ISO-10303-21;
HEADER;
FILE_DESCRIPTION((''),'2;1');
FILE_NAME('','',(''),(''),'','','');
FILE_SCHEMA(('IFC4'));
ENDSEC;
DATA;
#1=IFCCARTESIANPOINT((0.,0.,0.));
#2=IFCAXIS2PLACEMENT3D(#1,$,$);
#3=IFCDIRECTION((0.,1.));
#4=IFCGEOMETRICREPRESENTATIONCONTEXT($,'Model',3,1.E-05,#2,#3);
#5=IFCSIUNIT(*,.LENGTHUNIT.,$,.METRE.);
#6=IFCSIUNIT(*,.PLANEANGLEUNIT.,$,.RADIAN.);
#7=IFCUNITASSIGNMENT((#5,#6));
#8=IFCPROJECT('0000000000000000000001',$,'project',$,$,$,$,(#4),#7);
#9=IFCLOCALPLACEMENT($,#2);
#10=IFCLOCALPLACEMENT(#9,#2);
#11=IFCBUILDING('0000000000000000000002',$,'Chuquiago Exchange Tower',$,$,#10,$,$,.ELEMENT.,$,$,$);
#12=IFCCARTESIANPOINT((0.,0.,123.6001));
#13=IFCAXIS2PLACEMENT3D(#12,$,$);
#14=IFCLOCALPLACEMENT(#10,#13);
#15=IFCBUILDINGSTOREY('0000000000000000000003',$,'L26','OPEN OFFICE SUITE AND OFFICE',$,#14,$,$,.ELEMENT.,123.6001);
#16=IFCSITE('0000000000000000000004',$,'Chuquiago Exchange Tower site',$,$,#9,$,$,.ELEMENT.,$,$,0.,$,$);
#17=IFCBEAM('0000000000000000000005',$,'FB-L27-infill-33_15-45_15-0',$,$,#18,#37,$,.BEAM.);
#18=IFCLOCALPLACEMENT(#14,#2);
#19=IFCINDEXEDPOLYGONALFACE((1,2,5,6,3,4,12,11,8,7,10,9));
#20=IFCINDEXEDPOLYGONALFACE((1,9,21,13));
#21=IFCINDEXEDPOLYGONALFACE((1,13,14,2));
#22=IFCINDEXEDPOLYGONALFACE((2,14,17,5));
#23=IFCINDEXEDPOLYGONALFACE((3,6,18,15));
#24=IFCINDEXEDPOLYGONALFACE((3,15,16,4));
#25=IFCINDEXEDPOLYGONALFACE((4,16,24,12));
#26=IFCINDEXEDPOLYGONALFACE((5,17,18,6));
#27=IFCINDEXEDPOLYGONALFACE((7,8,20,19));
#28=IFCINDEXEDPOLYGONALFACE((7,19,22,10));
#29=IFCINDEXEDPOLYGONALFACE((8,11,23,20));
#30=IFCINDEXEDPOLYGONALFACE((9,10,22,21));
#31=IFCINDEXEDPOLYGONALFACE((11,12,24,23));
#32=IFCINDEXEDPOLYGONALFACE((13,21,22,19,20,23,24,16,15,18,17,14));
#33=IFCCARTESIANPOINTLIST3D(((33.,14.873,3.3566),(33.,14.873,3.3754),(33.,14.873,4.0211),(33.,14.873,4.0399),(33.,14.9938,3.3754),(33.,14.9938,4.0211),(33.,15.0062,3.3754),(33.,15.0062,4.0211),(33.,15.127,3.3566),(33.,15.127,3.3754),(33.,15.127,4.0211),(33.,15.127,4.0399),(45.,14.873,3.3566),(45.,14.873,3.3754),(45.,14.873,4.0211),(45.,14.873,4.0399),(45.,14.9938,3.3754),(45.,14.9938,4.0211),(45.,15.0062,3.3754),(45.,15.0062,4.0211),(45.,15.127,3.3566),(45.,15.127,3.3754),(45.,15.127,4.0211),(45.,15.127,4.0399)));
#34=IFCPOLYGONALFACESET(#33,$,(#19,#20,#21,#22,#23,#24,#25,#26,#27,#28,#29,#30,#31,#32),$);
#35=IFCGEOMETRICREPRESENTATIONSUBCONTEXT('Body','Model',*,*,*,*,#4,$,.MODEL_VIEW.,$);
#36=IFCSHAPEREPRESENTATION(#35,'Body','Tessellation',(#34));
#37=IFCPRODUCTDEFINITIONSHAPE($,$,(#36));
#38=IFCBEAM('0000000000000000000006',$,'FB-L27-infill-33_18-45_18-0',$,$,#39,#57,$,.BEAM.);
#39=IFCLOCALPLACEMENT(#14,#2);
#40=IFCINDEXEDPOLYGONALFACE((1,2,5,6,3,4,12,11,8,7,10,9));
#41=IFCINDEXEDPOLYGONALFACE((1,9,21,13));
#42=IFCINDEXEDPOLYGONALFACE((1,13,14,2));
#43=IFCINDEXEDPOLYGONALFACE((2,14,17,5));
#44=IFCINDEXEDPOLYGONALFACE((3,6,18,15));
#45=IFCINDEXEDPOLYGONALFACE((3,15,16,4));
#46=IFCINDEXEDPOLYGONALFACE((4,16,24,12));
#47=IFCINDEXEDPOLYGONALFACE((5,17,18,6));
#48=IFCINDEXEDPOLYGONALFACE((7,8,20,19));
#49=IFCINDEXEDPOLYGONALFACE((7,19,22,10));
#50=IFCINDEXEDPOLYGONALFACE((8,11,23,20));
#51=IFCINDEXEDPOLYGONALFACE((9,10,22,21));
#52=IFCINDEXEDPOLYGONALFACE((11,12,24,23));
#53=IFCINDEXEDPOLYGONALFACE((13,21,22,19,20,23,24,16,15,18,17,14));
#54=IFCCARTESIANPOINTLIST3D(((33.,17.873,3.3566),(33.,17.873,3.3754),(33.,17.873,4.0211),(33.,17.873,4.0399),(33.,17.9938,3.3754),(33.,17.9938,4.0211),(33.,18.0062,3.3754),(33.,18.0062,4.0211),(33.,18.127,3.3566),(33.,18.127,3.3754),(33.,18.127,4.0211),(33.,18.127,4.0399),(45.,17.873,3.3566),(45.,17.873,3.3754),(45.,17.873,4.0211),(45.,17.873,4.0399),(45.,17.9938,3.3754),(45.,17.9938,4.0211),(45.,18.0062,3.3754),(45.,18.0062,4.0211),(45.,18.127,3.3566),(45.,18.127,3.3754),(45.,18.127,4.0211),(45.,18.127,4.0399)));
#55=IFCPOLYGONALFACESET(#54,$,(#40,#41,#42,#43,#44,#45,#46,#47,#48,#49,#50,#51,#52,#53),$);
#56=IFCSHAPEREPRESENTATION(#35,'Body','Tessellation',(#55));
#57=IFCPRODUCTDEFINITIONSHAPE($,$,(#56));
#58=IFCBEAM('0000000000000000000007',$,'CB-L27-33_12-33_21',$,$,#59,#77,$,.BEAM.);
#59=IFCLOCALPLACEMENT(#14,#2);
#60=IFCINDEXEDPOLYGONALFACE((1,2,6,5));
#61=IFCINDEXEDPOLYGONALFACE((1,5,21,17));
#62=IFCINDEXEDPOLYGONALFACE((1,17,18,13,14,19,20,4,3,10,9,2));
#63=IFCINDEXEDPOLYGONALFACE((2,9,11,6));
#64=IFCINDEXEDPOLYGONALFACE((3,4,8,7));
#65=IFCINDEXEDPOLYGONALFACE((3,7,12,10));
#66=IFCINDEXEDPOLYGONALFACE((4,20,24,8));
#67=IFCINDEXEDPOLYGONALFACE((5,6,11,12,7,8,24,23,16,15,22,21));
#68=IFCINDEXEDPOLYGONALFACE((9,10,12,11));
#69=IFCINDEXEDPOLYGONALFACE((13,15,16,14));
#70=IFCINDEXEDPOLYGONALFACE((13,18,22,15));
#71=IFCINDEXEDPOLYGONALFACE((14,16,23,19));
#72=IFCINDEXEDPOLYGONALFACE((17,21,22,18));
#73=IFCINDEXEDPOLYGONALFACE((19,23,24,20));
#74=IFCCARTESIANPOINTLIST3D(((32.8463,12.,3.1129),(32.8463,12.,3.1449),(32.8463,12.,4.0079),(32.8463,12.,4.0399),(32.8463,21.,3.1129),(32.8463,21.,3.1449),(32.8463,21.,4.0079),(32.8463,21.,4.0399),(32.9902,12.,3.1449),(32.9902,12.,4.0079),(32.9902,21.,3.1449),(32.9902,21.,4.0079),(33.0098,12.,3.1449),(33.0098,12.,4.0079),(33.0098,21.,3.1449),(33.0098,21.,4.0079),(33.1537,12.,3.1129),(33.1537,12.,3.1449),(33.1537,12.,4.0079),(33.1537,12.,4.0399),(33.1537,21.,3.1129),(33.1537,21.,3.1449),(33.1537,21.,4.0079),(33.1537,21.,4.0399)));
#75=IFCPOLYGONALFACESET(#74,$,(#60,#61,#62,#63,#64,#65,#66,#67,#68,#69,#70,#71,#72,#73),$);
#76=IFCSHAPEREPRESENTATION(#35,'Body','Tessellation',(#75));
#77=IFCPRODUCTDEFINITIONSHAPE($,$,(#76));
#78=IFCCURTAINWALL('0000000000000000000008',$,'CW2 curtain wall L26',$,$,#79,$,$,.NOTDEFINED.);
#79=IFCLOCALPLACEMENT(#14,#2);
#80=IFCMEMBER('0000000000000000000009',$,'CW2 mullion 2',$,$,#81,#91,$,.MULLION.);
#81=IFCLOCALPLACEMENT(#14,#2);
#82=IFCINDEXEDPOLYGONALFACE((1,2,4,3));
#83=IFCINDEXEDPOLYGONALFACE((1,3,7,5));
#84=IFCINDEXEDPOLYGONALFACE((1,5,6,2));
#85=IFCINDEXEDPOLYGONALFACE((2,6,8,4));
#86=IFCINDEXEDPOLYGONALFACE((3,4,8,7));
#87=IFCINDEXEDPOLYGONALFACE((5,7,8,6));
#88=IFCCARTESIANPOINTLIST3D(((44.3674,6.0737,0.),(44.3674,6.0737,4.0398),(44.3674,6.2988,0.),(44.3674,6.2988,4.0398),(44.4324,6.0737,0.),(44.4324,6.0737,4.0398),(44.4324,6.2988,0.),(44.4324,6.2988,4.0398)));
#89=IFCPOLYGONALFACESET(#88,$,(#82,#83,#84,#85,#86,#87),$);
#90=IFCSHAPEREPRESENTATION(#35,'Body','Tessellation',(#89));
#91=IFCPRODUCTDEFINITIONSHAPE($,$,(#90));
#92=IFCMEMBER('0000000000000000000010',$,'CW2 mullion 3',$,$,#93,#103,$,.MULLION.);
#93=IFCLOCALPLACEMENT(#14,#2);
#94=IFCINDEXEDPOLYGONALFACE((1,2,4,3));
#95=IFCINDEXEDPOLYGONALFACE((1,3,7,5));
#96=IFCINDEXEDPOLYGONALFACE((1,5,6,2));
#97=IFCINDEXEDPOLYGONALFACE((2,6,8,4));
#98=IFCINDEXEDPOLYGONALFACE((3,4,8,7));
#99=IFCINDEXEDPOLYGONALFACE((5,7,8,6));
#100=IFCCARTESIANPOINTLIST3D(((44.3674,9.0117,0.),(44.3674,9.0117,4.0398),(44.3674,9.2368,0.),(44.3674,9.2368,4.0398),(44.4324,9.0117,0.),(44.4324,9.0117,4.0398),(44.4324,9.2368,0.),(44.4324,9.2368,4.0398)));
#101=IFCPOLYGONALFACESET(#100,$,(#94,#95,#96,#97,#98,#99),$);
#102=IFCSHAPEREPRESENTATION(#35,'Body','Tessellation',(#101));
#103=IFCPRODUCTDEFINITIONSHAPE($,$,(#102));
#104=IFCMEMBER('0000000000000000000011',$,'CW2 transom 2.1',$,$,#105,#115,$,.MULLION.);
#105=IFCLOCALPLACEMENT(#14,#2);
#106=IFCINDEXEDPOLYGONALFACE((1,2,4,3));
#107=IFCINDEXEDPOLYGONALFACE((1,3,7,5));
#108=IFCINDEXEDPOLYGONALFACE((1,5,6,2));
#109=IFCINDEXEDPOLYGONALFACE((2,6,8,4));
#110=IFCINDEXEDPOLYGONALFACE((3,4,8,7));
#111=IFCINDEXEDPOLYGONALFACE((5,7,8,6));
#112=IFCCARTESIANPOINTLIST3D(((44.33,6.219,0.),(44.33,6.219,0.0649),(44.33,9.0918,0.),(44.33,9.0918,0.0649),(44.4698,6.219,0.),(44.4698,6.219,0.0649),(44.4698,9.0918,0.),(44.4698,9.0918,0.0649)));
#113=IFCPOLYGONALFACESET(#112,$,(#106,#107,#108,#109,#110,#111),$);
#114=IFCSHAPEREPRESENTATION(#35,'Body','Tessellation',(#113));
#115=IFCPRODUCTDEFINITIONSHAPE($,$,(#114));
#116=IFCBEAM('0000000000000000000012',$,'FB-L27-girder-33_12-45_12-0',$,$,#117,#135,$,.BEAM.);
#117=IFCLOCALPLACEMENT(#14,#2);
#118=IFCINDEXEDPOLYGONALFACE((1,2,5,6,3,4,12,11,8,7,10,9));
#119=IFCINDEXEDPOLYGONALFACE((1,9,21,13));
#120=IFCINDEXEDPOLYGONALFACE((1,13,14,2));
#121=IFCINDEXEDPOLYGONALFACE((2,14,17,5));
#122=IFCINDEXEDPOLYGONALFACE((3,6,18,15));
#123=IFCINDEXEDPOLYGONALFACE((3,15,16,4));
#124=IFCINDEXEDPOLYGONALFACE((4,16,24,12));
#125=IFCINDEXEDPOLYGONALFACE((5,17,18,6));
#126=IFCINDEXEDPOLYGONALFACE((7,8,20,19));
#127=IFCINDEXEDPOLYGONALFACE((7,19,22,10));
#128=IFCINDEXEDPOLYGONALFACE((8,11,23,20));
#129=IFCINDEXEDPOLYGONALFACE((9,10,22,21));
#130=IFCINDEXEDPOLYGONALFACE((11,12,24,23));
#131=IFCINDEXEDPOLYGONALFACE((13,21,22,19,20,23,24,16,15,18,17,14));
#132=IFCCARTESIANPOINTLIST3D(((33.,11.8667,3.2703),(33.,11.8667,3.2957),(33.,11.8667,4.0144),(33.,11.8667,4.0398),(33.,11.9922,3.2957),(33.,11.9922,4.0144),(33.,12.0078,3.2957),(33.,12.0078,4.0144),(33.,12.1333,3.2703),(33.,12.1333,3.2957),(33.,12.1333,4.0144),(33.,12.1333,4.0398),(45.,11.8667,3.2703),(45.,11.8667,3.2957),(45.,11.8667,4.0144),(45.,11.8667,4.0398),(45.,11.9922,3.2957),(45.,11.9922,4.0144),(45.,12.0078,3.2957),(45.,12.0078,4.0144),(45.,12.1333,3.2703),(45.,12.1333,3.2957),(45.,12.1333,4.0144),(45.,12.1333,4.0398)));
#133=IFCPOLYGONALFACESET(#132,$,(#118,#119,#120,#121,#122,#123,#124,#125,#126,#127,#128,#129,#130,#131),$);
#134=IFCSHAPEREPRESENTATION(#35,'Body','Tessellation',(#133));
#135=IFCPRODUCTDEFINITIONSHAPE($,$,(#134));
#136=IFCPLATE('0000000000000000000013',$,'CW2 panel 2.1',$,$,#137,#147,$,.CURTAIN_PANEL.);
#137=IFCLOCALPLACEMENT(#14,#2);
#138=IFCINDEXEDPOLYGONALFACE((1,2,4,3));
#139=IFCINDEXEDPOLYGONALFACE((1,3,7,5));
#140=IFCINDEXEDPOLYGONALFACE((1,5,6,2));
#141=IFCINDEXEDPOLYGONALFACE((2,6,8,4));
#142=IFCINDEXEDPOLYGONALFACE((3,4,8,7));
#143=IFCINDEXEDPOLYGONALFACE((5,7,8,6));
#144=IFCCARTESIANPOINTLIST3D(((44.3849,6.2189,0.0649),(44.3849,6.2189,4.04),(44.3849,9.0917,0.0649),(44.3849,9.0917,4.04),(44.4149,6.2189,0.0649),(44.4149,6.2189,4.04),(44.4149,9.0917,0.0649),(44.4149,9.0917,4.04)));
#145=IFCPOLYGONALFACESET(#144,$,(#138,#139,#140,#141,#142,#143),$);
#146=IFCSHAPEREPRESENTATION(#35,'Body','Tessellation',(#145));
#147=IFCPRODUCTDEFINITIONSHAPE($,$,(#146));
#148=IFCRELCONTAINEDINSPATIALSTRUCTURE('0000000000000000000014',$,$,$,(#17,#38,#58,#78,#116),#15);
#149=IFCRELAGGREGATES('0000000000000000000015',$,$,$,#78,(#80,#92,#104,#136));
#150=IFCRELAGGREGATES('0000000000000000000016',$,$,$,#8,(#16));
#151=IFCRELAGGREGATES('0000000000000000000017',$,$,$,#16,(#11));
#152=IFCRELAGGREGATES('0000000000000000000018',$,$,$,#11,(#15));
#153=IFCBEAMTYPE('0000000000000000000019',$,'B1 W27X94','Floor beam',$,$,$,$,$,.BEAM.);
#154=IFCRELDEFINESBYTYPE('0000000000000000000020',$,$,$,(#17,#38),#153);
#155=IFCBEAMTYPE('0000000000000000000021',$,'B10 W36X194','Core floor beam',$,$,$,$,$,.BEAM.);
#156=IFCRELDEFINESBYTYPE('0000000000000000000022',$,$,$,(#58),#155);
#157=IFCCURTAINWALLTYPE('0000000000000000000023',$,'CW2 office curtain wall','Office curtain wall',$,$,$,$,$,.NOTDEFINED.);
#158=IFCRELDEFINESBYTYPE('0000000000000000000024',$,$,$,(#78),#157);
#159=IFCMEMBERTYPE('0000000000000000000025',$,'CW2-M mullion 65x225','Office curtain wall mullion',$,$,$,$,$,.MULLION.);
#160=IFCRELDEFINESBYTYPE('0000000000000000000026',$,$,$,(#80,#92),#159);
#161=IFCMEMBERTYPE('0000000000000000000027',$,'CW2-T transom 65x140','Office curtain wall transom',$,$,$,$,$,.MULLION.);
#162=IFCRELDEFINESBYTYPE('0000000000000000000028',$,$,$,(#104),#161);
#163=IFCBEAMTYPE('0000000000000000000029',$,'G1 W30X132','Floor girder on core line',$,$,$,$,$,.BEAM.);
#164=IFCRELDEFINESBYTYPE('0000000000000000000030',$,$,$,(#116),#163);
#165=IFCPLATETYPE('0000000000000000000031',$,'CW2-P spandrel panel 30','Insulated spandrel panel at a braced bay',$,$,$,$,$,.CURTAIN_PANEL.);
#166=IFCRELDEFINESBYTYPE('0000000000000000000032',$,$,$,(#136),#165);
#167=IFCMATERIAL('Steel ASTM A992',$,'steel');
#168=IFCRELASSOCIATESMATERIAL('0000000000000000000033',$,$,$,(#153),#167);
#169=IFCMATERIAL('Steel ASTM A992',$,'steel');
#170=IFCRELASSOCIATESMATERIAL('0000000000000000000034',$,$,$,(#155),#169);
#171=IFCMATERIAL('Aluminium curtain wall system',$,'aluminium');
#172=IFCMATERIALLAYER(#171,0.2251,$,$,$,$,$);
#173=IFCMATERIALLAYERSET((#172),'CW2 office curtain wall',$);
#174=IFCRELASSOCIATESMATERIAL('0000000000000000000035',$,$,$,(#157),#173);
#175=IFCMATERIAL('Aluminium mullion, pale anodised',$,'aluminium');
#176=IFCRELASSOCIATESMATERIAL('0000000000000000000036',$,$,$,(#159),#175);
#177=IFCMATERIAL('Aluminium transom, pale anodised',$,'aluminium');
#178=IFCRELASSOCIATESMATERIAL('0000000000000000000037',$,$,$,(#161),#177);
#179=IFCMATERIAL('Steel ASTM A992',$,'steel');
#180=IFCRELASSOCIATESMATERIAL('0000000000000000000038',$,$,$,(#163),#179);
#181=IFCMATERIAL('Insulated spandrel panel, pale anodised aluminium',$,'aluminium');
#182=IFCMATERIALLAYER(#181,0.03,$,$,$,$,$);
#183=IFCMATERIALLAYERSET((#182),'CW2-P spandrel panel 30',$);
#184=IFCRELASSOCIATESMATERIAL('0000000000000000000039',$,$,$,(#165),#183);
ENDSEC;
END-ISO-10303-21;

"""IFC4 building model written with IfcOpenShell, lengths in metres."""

from ifc_helpers import new_model, si_unit, direction, frame, origin, origin_2d, place, context, subcontext, project, spatial, rectangle, i_section, extrude, material, layer, layer_set, material_profile, profile_set, type_object, element, aggregate, save


model = new_model("IFC4")

# Units and contexts
model_context = context("Model", 3, precision=1e-05, world=origin(), true_north=direction((0.0, 1.0)))
body_context = subcontext(model_context, "Body", "Model", "MODEL_VIEW")
ifc_project = project(units=[si_unit("LENGTHUNIT", "METRE"), si_unit("PLANEANGLEUNIT", "RADIAN")], contexts=[model_context])

# Site, building, storey
site_placement = place(None, origin())
site = spatial("IfcSite", under=ifc_project, at=site_placement, Name="Chuquiago Exchange Tower site", CompositionType="ELEMENT", RefElevation=0.0)
building_placement = place(site_placement, origin())
building = spatial("IfcBuilding", under=site, at=building_placement, Name="Chuquiago Exchange Tower", CompositionType="ELEMENT")
storey_placement = place(building_placement, frame((0.0, 0.0, 123.6001)))
storey = spatial("IfcBuildingStorey", under=building, at=storey_placement, Name="L26", Description="OPEN OFFICE SUITE AND OFFICE", CompositionType="ELEMENT", Elevation=123.6001)

# Beams
ifc_material_1 = material(Name="Steel ASTM A992", Category="steel")
ifc_material_profile_1 = material_profile(ifc_material_1, i_section(OverallWidth=0.2539, OverallDepth=0.6833, WebThickness=0.0125, FlangeThickness=0.0188, at=origin_2d()), Name="W27X94")
ifc_profile_set_1 = profile_set([ifc_material_profile_1], Name="Steel ASTM A992")
beam_type_1 = type_object("IfcBeamType", Name="B1 W27X94", Description="Floor beam", PredefinedType="BEAM", material=ifc_profile_set_1)
for number, where, z_axis, x_axis, name in (
    (1, (33.0, 15.0, 3.6982), (1.0, 0.0, 0.0), (0.0, 1.0, 0.0), "FB-L27-infill-33_15-45_15-0"),
    (2, (33.0, 18.0, 3.6982), (1.0, 0.0, 0.0), (0.0, 1.0, 0.0), "FB-L27-infill-33_18-45_18-0"),
):
    element("IfcBeam", number, at=place(storey_placement, frame(where, z_axis=z_axis, x_axis=x_axis)), inside=storey, type_object=beam_type_1, Name=name, PredefinedType="BEAM", context=body_context, shape_type="SweptSolid", body=[
        extrude(i_section(OverallWidth=0.2539, OverallDepth=0.6833, WebThickness=0.0125, FlangeThickness=0.0188, at=origin_2d()), origin(), (0.0, 0.0, 1.0), 12.0),
    ])
ifc_material_2 = material(Name="Steel ASTM A992", Category="steel")
ifc_material_profile_2 = material_profile(ifc_material_2, i_section(OverallWidth=0.3074, OverallDepth=0.927, WebThickness=0.0195, FlangeThickness=0.032, at=origin_2d()), Name="W36X194")
ifc_profile_set_2 = profile_set([ifc_material_profile_2], Name="Steel ASTM A992")
beam_type_2 = type_object("IfcBeamType", Name="B10 W36X194", Description="Core floor beam", PredefinedType="BEAM", material=ifc_profile_set_2)
beam_1_placement = place(storey_placement, frame((33.0, 12.0, 3.5764), z_axis=(0.0, 1.0, 0.0), x_axis=(-1.0, 0.0, 0.0)))
element("IfcBeam", 3, at=beam_1_placement, inside=storey, type_object=beam_type_2, Name="CB-L27-33_12-33_21", PredefinedType="BEAM", context=body_context, shape_type="SweptSolid", body=[
    extrude(i_section(OverallWidth=0.3074, OverallDepth=0.927, WebThickness=0.0195, FlangeThickness=0.032, at=origin_2d()), origin(), (0.0, 0.0, 1.0), 9.0),
])

# Curtain wall, members
ifc_material_3 = material(Name="Aluminium curtain wall system", Category="aluminium")
ifc_layer_1 = layer(ifc_material_3, 0.2251)
ifc_layer_set_1 = layer_set([ifc_layer_1], Name="CW2 office curtain wall")
curtain_wall_type = type_object("IfcCurtainWallType", Name="CW2 office curtain wall", Description="Office curtain wall", PredefinedType="NOTDEFINED", material=ifc_layer_set_1)
curtain_wall_placement = place(storey_placement, origin())
curtain_wall = element("IfcCurtainWall", 4, at=curtain_wall_placement, inside=storey, type_object=curtain_wall_type, Name="CW2 curtain wall L26", PredefinedType="NOTDEFINED")
ifc_material_4 = material(Name="Aluminium mullion, pale anodised", Category="aluminium")
ifc_material_profile_3 = material_profile(ifc_material_4, rectangle(XDim=0.0649, YDim=0.2251, at=origin_2d()), Name="AL 65x225")
ifc_profile_set_3 = profile_set([ifc_material_profile_3], Name="Aluminium mullion, pale anodised")
member_type_1 = type_object("IfcMemberType", Name="CW2-M mullion 65x225", Description="Office curtain wall mullion", PredefinedType="MULLION", material=ifc_profile_set_3)
member_1_placement = place(storey_placement, frame((44.3999, 6.1863, 0.0), z_axis=(0.0, 0.0, 1.0), x_axis=(-1.0, 0.0, 0.0)))
member_1 = element("IfcMember", 5, at=member_1_placement, type_object=member_type_1, Name="CW2 mullion 2", PredefinedType="MULLION", context=body_context, shape_type="SweptSolid", body=[
    extrude(rectangle(XDim=0.0649, YDim=0.2251, at=origin_2d()), origin(), (0.0, 0.0, 1.0), 4.0398),
])
member_2_placement = place(storey_placement, frame((44.3999, 9.1243, 0.0), z_axis=(0.0, 0.0, 1.0), x_axis=(-1.0, 0.0, 0.0)))
member_2 = element("IfcMember", 6, at=member_2_placement, type_object=member_type_1, Name="CW2 mullion 3", PredefinedType="MULLION", context=body_context, shape_type="SweptSolid", body=[
    extrude(rectangle(XDim=0.0649, YDim=0.2251, at=origin_2d()), origin(), (0.0, 0.0, 1.0), 4.0398),
])
ifc_material_5 = material(Name="Aluminium transom, pale anodised", Category="aluminium")
ifc_material_profile_4 = material_profile(ifc_material_5, rectangle(XDim=0.1399, YDim=0.0649, at=origin_2d()), Name="AL 140x65")
ifc_profile_set_4 = profile_set([ifc_material_profile_4], Name="Aluminium transom, pale anodised")
member_type_2 = type_object("IfcMemberType", Name="CW2-T transom 65x140", Description="Office curtain wall transom", PredefinedType="MULLION", material=ifc_profile_set_4)
member_3_placement = place(storey_placement, frame((44.3999, 6.219, 0.0325), z_axis=(0.0, 1.0, 0.0), x_axis=(-1.0, 0.0, 0.0)))
member_3 = element("IfcMember", 7, at=member_3_placement, type_object=member_type_2, Name="CW2 transom 2.1", PredefinedType="MULLION", context=body_context, shape_type="SweptSolid", body=[
    extrude(rectangle(XDim=0.1399, YDim=0.0649, at=origin_2d()), origin(), (0.0, 0.0, 1.0), 2.8728),
])

# Beam
ifc_material_6 = material(Name="Steel ASTM A992", Category="steel")
ifc_material_profile_5 = material_profile(ifc_material_6, i_section(OverallWidth=0.2666, OverallDepth=0.7695, WebThickness=0.0156, FlangeThickness=0.0254, at=origin_2d()), Name="W30X132")
ifc_profile_set_5 = profile_set([ifc_material_profile_5], Name="Steel ASTM A992")
beam_type_3 = type_object("IfcBeamType", Name="G1 W30X132", Description="Floor girder on core line", PredefinedType="BEAM", material=ifc_profile_set_5)
beam_2_placement = place(storey_placement, frame((33.0, 12.0, 3.655), z_axis=(1.0, 0.0, 0.0), x_axis=(0.0, 1.0, 0.0)))
element("IfcBeam", 8, at=beam_2_placement, inside=storey, type_object=beam_type_3, Name="FB-L27-girder-33_12-45_12-0", PredefinedType="BEAM", context=body_context, shape_type="SweptSolid", body=[
    extrude(i_section(OverallWidth=0.2666, OverallDepth=0.7695, WebThickness=0.0156, FlangeThickness=0.0254, at=origin_2d()), origin(), (0.0, 0.0, 1.0), 12.0),
])

# Plate
ifc_material_7 = material(Name="Insulated spandrel panel, pale anodised aluminium", Category="aluminium")
ifc_layer_2 = layer(ifc_material_7, 0.03)
ifc_layer_set_2 = layer_set([ifc_layer_2], Name="CW2-P spandrel panel 30")
plate_type = type_object("IfcPlateType", Name="CW2-P spandrel panel 30", Description="Insulated spandrel panel at a braced bay", PredefinedType="CURTAIN_PANEL", material=ifc_layer_set_2)
plate_placement = place(storey_placement, frame((44.3999, 7.6553, 0.0649), z_axis=(0.0, 0.0, 1.0), x_axis=(0.0, 1.0, 0.0)))
plate = element("IfcPlate", 9, at=plate_placement, type_object=plate_type, Name="CW2 panel 2.1", PredefinedType="CURTAIN_PANEL", context=body_context, shape_type="SweptSolid", body=[
    extrude(rectangle(XDim=2.8728, YDim=0.03, at=origin_2d()), origin(), (0.0, 0.0, 1.0), 3.9751),
])
aggregate(curtain_wall, [member_1, member_2, member_3, plate])

save(model, "model.ifc")
